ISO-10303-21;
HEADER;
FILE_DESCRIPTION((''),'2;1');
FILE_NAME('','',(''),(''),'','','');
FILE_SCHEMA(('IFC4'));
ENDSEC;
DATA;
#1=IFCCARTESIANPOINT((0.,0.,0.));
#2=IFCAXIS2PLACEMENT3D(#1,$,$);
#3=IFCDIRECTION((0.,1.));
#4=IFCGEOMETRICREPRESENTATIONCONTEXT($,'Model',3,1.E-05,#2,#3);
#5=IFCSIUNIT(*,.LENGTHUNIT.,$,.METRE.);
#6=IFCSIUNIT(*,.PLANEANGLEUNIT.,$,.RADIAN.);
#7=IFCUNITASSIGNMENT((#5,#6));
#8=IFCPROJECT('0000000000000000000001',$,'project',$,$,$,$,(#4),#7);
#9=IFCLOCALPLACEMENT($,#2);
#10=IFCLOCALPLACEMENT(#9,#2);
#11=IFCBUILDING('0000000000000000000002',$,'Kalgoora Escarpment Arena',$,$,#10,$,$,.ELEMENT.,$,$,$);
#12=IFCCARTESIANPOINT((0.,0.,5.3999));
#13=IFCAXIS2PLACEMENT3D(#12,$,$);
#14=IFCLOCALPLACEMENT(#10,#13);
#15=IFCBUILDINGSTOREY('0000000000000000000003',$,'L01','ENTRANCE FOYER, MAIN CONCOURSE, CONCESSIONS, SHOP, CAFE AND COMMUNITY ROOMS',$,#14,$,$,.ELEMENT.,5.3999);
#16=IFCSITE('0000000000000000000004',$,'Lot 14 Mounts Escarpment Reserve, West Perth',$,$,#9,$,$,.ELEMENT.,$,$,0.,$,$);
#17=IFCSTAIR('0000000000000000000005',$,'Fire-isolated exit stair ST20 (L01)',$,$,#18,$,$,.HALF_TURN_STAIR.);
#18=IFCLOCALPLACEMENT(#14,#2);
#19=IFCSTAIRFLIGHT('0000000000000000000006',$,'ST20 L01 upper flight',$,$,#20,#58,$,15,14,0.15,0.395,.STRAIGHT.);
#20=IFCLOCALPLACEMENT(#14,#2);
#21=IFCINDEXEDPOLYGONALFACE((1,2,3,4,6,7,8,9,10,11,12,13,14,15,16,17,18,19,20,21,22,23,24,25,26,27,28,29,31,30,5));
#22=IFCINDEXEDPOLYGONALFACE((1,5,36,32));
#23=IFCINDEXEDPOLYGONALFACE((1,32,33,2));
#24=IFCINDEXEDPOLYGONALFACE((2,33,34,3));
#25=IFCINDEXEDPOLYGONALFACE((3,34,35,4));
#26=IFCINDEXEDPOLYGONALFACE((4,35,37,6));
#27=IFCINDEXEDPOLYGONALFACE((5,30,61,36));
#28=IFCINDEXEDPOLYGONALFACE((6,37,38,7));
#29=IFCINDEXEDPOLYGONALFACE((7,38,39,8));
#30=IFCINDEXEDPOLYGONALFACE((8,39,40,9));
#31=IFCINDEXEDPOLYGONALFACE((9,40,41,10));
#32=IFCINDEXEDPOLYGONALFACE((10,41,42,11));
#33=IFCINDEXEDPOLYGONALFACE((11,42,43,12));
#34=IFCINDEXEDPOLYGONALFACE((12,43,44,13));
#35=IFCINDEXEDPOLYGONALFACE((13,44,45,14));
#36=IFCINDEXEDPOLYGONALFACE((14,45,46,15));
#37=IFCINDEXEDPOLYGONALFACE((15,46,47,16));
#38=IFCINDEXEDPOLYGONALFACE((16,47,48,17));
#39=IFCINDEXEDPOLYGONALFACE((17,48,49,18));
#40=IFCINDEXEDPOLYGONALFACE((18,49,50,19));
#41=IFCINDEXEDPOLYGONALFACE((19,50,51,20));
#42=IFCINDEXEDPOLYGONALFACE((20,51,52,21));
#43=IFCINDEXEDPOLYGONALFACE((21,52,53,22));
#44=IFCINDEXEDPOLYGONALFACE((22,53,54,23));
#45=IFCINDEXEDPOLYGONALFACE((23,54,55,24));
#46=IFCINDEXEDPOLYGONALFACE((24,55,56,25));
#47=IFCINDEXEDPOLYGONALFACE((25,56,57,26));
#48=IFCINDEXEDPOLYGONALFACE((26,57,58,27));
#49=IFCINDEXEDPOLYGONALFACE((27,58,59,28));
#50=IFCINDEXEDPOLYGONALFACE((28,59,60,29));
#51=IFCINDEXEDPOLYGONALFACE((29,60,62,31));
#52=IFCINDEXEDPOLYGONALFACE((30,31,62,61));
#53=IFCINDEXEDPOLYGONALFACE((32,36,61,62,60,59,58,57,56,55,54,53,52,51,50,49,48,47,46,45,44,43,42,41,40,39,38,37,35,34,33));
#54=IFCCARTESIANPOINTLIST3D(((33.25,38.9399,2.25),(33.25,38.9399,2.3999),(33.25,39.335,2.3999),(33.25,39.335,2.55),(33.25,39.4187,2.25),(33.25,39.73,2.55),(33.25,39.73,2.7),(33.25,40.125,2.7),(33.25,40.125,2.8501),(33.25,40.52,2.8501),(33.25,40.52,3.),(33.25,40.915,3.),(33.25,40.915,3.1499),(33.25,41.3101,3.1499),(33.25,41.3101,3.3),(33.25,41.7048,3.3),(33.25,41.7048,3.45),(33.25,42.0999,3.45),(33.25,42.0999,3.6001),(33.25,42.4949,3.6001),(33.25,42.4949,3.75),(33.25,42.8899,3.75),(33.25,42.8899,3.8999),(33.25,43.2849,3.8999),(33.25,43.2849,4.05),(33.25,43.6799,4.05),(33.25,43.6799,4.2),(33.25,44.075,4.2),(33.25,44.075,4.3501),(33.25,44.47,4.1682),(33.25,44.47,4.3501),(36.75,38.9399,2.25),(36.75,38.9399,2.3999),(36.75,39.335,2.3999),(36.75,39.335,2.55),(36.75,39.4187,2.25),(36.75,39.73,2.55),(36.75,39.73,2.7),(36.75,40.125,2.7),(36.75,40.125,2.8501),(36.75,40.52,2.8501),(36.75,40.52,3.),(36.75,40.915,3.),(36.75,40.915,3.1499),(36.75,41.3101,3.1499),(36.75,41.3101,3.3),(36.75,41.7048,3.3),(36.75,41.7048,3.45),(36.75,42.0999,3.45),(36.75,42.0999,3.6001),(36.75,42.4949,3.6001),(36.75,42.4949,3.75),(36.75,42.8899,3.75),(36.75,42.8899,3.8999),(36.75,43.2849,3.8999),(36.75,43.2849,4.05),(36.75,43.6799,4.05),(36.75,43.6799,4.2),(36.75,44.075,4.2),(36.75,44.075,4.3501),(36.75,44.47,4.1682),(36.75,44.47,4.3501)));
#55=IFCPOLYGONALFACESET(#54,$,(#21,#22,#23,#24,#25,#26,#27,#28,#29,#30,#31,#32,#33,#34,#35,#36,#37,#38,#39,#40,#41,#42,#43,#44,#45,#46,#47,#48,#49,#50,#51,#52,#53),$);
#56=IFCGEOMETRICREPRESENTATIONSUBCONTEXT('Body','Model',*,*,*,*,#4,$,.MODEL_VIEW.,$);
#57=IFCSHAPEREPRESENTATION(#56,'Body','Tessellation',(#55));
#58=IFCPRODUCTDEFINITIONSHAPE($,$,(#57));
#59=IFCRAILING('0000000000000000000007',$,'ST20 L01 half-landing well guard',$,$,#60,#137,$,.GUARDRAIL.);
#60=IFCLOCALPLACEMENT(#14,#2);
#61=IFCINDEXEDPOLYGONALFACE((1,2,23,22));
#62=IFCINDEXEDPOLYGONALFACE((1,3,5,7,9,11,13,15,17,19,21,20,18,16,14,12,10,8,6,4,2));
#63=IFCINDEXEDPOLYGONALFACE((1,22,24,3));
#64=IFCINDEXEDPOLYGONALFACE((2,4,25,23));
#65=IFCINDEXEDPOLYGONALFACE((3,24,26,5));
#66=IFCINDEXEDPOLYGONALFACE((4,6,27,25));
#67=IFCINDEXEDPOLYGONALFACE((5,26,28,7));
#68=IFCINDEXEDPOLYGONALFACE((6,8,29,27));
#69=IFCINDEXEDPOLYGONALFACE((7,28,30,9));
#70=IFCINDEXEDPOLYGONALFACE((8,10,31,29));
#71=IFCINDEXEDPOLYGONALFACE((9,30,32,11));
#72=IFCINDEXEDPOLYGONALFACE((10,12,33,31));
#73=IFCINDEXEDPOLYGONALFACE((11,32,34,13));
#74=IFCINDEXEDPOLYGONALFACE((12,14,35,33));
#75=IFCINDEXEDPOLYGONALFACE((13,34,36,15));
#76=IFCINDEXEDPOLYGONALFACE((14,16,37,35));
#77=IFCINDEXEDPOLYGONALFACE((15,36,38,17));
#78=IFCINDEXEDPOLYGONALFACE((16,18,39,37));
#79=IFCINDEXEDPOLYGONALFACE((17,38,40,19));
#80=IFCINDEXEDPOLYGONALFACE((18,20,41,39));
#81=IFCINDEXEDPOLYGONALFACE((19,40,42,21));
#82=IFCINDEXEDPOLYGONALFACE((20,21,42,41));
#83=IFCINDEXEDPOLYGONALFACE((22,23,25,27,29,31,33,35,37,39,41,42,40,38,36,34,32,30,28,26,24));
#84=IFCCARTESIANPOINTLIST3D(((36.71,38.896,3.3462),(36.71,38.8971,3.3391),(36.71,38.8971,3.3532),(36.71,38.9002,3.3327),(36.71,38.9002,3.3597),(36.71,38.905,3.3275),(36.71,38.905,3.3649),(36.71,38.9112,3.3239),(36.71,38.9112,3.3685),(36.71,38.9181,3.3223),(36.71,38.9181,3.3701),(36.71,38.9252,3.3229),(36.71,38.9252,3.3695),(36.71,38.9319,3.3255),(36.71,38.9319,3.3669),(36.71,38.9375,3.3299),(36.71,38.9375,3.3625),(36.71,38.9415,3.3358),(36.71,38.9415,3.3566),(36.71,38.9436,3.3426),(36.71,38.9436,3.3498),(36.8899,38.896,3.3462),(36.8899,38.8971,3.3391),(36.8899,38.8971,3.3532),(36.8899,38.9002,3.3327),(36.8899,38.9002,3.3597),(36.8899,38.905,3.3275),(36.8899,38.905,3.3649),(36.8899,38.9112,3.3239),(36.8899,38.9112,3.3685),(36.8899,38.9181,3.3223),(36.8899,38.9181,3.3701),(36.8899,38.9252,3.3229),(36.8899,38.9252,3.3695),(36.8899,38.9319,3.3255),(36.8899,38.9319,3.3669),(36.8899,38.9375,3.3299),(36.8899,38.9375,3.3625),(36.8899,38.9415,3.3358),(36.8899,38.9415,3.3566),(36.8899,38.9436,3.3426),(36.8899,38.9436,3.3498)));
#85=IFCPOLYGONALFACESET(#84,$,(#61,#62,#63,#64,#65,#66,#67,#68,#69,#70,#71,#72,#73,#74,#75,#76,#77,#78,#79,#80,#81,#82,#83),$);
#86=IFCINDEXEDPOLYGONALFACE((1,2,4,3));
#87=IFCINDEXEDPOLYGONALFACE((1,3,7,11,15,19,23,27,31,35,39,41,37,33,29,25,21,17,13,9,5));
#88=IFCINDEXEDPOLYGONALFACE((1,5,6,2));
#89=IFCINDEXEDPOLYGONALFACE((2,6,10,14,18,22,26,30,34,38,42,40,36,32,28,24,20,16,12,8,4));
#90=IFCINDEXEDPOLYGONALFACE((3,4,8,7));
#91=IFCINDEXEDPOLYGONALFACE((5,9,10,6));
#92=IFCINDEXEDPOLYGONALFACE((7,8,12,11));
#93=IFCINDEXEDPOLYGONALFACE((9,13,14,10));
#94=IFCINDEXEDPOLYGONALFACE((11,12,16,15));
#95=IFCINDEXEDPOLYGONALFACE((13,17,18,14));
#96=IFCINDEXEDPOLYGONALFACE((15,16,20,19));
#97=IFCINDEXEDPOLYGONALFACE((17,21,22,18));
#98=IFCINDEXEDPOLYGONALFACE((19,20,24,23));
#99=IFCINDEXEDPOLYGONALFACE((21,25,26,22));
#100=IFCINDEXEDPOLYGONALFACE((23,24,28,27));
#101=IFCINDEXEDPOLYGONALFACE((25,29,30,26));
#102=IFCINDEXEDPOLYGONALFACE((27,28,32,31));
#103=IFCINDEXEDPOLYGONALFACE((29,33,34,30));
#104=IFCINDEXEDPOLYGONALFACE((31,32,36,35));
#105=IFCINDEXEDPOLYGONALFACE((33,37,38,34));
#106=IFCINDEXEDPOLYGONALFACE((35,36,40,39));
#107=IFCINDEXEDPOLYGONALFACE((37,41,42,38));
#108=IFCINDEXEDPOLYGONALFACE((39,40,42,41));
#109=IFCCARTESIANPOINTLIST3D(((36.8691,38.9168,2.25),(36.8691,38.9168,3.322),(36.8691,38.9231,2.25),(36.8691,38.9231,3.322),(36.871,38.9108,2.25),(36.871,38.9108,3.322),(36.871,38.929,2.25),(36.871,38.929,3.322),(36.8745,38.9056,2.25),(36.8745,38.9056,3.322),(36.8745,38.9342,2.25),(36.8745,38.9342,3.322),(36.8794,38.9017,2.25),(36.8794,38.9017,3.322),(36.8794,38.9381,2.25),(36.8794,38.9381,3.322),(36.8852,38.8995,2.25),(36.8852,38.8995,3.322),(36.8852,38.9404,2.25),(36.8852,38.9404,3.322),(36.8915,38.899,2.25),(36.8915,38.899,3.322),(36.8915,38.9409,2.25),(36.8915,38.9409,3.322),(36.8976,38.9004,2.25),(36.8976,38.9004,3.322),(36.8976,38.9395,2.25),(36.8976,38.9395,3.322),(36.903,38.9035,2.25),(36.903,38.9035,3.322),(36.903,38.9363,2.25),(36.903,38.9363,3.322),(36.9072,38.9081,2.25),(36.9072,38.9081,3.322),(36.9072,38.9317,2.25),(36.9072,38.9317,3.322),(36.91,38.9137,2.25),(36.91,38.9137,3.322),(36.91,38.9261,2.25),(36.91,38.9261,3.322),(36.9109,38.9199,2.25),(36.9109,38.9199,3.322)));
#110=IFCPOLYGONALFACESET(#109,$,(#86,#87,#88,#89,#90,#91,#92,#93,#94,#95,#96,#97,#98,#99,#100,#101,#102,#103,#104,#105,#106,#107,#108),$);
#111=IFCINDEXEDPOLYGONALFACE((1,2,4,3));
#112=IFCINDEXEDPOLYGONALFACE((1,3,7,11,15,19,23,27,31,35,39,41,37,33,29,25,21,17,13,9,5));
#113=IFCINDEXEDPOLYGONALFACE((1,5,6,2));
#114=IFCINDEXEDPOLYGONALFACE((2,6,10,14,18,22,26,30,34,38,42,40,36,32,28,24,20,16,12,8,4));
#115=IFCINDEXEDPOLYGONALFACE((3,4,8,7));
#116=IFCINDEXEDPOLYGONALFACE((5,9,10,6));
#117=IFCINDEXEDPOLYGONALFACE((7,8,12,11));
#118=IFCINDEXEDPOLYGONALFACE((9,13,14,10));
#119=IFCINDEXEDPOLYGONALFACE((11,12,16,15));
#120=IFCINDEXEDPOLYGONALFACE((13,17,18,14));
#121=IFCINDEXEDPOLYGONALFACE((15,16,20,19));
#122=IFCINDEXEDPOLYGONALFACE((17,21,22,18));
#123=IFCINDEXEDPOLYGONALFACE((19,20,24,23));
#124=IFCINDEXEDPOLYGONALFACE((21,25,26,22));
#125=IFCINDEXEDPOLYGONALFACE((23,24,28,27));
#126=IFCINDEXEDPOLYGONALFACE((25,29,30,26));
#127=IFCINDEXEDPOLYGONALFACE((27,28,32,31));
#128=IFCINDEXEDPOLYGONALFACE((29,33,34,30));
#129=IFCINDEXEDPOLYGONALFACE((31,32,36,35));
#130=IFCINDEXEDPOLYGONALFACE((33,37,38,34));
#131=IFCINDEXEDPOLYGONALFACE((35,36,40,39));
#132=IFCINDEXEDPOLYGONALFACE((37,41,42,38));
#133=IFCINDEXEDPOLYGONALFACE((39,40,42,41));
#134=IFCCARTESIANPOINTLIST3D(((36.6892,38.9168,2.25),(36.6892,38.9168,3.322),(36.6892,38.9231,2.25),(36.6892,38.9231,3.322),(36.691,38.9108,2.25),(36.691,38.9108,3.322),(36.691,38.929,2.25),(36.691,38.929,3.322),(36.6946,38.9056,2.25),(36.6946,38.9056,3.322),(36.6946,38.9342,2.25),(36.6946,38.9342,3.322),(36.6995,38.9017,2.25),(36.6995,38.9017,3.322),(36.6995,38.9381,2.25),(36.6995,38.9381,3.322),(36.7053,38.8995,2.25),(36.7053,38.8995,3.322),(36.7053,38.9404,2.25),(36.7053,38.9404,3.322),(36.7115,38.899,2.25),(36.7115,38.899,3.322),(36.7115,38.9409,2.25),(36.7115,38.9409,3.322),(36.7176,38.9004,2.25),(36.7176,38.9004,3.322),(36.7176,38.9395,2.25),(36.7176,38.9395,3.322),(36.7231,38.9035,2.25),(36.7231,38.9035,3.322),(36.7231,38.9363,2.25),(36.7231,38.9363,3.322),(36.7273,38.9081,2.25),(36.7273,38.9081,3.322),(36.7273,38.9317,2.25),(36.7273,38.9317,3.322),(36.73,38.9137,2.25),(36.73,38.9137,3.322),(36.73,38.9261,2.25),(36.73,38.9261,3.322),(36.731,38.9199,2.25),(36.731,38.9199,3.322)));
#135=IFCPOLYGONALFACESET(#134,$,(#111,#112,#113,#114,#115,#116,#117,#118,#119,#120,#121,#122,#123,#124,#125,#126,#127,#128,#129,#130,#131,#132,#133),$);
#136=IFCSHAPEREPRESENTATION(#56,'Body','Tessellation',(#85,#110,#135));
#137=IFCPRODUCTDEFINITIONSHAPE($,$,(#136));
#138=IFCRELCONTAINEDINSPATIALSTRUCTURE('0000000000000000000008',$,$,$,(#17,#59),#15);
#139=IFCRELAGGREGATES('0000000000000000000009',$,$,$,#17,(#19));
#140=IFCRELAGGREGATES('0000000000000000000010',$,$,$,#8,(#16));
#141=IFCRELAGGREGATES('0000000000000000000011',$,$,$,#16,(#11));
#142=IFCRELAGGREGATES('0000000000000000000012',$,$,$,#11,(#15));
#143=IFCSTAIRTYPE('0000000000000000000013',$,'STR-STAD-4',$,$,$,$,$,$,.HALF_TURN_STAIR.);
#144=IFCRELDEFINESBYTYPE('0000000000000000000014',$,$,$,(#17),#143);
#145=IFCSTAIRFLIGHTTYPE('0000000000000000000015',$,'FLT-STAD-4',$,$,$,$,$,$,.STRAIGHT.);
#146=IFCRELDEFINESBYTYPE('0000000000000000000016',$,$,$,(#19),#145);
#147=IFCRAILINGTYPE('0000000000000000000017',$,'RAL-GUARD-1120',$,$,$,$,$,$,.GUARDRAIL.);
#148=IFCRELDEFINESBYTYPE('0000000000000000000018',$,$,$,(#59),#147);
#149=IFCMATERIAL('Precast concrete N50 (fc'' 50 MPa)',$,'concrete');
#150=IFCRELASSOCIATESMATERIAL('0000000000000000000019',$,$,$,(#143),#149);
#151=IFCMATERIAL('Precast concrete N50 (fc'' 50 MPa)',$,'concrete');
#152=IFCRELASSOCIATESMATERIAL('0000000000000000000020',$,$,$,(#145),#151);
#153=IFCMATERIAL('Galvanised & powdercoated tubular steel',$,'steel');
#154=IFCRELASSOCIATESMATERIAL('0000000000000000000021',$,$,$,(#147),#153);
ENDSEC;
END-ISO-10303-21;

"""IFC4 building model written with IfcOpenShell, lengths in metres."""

from ifc_helpers import new_model, si_unit, direction, frame, origin, origin_2d, place, context, subcontext, project, spatial, polyline, circle, outline, extrude, material, type_object, element, aggregate, save


model = new_model("IFC4")

# Units and contexts
model_context = context("Model", 3, precision=1e-05, world=origin(), true_north=direction((0.0, 1.0)))
body_context = subcontext(model_context, "Body", "Model", "MODEL_VIEW")
ifc_project = project(units=[si_unit("LENGTHUNIT", "METRE"), si_unit("PLANEANGLEUNIT", "RADIAN")], contexts=[model_context])

# Site, building, storey
site_placement = place(None, origin())
site = spatial("IfcSite", under=ifc_project, at=site_placement, Name="Lot 14 Mounts Escarpment Reserve, West Perth", CompositionType="ELEMENT", RefElevation=0.0)
building_placement = place(site_placement, origin())
building = spatial("IfcBuilding", under=site, at=building_placement, Name="Kalgoora Escarpment Arena", CompositionType="ELEMENT")
storey_placement = place(building_placement, frame((0.0, 0.0, 5.3999)))
storey = spatial("IfcBuildingStorey", under=building, at=storey_placement, Name="L01", Description="ENTRANCE FOYER, MAIN CONCOURSE, CONCESSIONS, SHOP, CAFE AND COMMUNITY ROOMS", CompositionType="ELEMENT", Elevation=5.3999)

# Stair, stair flight
ifc_material_1 = material(Name="Precast concrete N50 (fc' 50 MPa)", Category="concrete")
stair_type = type_object("IfcStairType", Name="STR-STAD-4", PredefinedType="HALF_TURN_STAIR", material=ifc_material_1)
stair_placement = place(storey_placement, origin())
stair = element("IfcStair", 1, at=stair_placement, inside=storey, type_object=stair_type, Name="Fire-isolated exit stair ST20 (L01)", PredefinedType="HALF_TURN_STAIR")
ifc_material_2 = material(Name="Precast concrete N50 (fc' 50 MPa)", Category="concrete")
stair_flight_type = type_object("IfcStairFlightType", Name="FLT-STAD-4", PredefinedType="STRAIGHT", material=ifc_material_2)
stair_flight_placement = place(storey_placement, frame((35.0, 38.9399, 2.25), z_axis=(0.0, 0.0, 1.0), x_axis=(0.0, 1.0, 0.0)))
stair_flight = element("IfcStairFlight", 2, at=stair_flight_placement, type_object=stair_flight_type, Name="ST20 L01 upper flight", NumberOfRisers=15, NumberOfTreads=14, PredefinedType="STRAIGHT", RiserHeight=0.15, TreadLength=0.395, context=body_context, shape_type="SweptSolid", body=[
    extrude(outline(polyline([(0.0, 0.0), (0.0, 0.1499), (0.395, 0.1499), (0.395, 0.3), (0.79, 0.3), (0.79, 0.45), (1.1851, 0.45), (1.1851, 0.6001), (1.5801, 0.6001), (1.5801, 0.75), (1.9751, 0.75), (1.9751, 0.8999), (2.3701, 0.8999), (2.3701, 1.05), (2.7649, 1.05), (2.7649, 1.2), (3.1599, 1.2), (3.1599, 1.3501), (3.5549, 1.3501), (3.5549, 1.5), (3.95, 1.5), (3.95, 1.6499), (4.345, 1.6499), (4.345, 1.8), (4.74, 1.8), (4.74, 1.95), (5.135, 1.95), (5.135, 2.1001), (5.53, 2.1001), (5.53, 2.25), (5.53, 1.9182), (0.4788, 0.0), (0.0, 0.0)])), frame((0.0, 1.75, 0.0), z_axis=(0.0, -1.0, 0.0), x_axis=(1.0, 0.0, 0.0)), (0.0, 0.0, 1.0), 3.5),
])
aggregate(stair, [stair_flight])

# Railing
ifc_material_3 = material(Name="Galvanised & powdercoated tubular steel", Category="steel")
railing_type_1 = type_object("IfcRailingType", Name="RAL-GUARD-1120", PredefinedType="GUARDRAIL", material=ifc_material_3)
railing_placement = place(storey_placement, frame((36.8899, 38.9199, 2.25)))
element("IfcRailing", 3, at=railing_placement, inside=storey, type_object=railing_type_1, Name="ST20 L01 half-landing well guard", PredefinedType="GUARDRAIL", context=body_context, shape_type="SweptSolid", body=[
    extrude(circle(Radius=0.0239, at=origin_2d()), frame((0.0, 0.0, 1.0962), z_axis=(-1.0, 0.0, 0.0), x_axis=(0.0, -1.0, 0.0)), (0.0, 0.0, 1.0), 0.1799),
    extrude(circle(Radius=0.021, at=origin_2d()), origin(), (0.0, 0.0, 1.0), 1.072),
    extrude(circle(Radius=0.021, at=origin_2d()), frame((-0.1799, 0.0, 0.0)), (0.0, 0.0, 1.0), 1.072),
])

save(model, "model.ifc")
